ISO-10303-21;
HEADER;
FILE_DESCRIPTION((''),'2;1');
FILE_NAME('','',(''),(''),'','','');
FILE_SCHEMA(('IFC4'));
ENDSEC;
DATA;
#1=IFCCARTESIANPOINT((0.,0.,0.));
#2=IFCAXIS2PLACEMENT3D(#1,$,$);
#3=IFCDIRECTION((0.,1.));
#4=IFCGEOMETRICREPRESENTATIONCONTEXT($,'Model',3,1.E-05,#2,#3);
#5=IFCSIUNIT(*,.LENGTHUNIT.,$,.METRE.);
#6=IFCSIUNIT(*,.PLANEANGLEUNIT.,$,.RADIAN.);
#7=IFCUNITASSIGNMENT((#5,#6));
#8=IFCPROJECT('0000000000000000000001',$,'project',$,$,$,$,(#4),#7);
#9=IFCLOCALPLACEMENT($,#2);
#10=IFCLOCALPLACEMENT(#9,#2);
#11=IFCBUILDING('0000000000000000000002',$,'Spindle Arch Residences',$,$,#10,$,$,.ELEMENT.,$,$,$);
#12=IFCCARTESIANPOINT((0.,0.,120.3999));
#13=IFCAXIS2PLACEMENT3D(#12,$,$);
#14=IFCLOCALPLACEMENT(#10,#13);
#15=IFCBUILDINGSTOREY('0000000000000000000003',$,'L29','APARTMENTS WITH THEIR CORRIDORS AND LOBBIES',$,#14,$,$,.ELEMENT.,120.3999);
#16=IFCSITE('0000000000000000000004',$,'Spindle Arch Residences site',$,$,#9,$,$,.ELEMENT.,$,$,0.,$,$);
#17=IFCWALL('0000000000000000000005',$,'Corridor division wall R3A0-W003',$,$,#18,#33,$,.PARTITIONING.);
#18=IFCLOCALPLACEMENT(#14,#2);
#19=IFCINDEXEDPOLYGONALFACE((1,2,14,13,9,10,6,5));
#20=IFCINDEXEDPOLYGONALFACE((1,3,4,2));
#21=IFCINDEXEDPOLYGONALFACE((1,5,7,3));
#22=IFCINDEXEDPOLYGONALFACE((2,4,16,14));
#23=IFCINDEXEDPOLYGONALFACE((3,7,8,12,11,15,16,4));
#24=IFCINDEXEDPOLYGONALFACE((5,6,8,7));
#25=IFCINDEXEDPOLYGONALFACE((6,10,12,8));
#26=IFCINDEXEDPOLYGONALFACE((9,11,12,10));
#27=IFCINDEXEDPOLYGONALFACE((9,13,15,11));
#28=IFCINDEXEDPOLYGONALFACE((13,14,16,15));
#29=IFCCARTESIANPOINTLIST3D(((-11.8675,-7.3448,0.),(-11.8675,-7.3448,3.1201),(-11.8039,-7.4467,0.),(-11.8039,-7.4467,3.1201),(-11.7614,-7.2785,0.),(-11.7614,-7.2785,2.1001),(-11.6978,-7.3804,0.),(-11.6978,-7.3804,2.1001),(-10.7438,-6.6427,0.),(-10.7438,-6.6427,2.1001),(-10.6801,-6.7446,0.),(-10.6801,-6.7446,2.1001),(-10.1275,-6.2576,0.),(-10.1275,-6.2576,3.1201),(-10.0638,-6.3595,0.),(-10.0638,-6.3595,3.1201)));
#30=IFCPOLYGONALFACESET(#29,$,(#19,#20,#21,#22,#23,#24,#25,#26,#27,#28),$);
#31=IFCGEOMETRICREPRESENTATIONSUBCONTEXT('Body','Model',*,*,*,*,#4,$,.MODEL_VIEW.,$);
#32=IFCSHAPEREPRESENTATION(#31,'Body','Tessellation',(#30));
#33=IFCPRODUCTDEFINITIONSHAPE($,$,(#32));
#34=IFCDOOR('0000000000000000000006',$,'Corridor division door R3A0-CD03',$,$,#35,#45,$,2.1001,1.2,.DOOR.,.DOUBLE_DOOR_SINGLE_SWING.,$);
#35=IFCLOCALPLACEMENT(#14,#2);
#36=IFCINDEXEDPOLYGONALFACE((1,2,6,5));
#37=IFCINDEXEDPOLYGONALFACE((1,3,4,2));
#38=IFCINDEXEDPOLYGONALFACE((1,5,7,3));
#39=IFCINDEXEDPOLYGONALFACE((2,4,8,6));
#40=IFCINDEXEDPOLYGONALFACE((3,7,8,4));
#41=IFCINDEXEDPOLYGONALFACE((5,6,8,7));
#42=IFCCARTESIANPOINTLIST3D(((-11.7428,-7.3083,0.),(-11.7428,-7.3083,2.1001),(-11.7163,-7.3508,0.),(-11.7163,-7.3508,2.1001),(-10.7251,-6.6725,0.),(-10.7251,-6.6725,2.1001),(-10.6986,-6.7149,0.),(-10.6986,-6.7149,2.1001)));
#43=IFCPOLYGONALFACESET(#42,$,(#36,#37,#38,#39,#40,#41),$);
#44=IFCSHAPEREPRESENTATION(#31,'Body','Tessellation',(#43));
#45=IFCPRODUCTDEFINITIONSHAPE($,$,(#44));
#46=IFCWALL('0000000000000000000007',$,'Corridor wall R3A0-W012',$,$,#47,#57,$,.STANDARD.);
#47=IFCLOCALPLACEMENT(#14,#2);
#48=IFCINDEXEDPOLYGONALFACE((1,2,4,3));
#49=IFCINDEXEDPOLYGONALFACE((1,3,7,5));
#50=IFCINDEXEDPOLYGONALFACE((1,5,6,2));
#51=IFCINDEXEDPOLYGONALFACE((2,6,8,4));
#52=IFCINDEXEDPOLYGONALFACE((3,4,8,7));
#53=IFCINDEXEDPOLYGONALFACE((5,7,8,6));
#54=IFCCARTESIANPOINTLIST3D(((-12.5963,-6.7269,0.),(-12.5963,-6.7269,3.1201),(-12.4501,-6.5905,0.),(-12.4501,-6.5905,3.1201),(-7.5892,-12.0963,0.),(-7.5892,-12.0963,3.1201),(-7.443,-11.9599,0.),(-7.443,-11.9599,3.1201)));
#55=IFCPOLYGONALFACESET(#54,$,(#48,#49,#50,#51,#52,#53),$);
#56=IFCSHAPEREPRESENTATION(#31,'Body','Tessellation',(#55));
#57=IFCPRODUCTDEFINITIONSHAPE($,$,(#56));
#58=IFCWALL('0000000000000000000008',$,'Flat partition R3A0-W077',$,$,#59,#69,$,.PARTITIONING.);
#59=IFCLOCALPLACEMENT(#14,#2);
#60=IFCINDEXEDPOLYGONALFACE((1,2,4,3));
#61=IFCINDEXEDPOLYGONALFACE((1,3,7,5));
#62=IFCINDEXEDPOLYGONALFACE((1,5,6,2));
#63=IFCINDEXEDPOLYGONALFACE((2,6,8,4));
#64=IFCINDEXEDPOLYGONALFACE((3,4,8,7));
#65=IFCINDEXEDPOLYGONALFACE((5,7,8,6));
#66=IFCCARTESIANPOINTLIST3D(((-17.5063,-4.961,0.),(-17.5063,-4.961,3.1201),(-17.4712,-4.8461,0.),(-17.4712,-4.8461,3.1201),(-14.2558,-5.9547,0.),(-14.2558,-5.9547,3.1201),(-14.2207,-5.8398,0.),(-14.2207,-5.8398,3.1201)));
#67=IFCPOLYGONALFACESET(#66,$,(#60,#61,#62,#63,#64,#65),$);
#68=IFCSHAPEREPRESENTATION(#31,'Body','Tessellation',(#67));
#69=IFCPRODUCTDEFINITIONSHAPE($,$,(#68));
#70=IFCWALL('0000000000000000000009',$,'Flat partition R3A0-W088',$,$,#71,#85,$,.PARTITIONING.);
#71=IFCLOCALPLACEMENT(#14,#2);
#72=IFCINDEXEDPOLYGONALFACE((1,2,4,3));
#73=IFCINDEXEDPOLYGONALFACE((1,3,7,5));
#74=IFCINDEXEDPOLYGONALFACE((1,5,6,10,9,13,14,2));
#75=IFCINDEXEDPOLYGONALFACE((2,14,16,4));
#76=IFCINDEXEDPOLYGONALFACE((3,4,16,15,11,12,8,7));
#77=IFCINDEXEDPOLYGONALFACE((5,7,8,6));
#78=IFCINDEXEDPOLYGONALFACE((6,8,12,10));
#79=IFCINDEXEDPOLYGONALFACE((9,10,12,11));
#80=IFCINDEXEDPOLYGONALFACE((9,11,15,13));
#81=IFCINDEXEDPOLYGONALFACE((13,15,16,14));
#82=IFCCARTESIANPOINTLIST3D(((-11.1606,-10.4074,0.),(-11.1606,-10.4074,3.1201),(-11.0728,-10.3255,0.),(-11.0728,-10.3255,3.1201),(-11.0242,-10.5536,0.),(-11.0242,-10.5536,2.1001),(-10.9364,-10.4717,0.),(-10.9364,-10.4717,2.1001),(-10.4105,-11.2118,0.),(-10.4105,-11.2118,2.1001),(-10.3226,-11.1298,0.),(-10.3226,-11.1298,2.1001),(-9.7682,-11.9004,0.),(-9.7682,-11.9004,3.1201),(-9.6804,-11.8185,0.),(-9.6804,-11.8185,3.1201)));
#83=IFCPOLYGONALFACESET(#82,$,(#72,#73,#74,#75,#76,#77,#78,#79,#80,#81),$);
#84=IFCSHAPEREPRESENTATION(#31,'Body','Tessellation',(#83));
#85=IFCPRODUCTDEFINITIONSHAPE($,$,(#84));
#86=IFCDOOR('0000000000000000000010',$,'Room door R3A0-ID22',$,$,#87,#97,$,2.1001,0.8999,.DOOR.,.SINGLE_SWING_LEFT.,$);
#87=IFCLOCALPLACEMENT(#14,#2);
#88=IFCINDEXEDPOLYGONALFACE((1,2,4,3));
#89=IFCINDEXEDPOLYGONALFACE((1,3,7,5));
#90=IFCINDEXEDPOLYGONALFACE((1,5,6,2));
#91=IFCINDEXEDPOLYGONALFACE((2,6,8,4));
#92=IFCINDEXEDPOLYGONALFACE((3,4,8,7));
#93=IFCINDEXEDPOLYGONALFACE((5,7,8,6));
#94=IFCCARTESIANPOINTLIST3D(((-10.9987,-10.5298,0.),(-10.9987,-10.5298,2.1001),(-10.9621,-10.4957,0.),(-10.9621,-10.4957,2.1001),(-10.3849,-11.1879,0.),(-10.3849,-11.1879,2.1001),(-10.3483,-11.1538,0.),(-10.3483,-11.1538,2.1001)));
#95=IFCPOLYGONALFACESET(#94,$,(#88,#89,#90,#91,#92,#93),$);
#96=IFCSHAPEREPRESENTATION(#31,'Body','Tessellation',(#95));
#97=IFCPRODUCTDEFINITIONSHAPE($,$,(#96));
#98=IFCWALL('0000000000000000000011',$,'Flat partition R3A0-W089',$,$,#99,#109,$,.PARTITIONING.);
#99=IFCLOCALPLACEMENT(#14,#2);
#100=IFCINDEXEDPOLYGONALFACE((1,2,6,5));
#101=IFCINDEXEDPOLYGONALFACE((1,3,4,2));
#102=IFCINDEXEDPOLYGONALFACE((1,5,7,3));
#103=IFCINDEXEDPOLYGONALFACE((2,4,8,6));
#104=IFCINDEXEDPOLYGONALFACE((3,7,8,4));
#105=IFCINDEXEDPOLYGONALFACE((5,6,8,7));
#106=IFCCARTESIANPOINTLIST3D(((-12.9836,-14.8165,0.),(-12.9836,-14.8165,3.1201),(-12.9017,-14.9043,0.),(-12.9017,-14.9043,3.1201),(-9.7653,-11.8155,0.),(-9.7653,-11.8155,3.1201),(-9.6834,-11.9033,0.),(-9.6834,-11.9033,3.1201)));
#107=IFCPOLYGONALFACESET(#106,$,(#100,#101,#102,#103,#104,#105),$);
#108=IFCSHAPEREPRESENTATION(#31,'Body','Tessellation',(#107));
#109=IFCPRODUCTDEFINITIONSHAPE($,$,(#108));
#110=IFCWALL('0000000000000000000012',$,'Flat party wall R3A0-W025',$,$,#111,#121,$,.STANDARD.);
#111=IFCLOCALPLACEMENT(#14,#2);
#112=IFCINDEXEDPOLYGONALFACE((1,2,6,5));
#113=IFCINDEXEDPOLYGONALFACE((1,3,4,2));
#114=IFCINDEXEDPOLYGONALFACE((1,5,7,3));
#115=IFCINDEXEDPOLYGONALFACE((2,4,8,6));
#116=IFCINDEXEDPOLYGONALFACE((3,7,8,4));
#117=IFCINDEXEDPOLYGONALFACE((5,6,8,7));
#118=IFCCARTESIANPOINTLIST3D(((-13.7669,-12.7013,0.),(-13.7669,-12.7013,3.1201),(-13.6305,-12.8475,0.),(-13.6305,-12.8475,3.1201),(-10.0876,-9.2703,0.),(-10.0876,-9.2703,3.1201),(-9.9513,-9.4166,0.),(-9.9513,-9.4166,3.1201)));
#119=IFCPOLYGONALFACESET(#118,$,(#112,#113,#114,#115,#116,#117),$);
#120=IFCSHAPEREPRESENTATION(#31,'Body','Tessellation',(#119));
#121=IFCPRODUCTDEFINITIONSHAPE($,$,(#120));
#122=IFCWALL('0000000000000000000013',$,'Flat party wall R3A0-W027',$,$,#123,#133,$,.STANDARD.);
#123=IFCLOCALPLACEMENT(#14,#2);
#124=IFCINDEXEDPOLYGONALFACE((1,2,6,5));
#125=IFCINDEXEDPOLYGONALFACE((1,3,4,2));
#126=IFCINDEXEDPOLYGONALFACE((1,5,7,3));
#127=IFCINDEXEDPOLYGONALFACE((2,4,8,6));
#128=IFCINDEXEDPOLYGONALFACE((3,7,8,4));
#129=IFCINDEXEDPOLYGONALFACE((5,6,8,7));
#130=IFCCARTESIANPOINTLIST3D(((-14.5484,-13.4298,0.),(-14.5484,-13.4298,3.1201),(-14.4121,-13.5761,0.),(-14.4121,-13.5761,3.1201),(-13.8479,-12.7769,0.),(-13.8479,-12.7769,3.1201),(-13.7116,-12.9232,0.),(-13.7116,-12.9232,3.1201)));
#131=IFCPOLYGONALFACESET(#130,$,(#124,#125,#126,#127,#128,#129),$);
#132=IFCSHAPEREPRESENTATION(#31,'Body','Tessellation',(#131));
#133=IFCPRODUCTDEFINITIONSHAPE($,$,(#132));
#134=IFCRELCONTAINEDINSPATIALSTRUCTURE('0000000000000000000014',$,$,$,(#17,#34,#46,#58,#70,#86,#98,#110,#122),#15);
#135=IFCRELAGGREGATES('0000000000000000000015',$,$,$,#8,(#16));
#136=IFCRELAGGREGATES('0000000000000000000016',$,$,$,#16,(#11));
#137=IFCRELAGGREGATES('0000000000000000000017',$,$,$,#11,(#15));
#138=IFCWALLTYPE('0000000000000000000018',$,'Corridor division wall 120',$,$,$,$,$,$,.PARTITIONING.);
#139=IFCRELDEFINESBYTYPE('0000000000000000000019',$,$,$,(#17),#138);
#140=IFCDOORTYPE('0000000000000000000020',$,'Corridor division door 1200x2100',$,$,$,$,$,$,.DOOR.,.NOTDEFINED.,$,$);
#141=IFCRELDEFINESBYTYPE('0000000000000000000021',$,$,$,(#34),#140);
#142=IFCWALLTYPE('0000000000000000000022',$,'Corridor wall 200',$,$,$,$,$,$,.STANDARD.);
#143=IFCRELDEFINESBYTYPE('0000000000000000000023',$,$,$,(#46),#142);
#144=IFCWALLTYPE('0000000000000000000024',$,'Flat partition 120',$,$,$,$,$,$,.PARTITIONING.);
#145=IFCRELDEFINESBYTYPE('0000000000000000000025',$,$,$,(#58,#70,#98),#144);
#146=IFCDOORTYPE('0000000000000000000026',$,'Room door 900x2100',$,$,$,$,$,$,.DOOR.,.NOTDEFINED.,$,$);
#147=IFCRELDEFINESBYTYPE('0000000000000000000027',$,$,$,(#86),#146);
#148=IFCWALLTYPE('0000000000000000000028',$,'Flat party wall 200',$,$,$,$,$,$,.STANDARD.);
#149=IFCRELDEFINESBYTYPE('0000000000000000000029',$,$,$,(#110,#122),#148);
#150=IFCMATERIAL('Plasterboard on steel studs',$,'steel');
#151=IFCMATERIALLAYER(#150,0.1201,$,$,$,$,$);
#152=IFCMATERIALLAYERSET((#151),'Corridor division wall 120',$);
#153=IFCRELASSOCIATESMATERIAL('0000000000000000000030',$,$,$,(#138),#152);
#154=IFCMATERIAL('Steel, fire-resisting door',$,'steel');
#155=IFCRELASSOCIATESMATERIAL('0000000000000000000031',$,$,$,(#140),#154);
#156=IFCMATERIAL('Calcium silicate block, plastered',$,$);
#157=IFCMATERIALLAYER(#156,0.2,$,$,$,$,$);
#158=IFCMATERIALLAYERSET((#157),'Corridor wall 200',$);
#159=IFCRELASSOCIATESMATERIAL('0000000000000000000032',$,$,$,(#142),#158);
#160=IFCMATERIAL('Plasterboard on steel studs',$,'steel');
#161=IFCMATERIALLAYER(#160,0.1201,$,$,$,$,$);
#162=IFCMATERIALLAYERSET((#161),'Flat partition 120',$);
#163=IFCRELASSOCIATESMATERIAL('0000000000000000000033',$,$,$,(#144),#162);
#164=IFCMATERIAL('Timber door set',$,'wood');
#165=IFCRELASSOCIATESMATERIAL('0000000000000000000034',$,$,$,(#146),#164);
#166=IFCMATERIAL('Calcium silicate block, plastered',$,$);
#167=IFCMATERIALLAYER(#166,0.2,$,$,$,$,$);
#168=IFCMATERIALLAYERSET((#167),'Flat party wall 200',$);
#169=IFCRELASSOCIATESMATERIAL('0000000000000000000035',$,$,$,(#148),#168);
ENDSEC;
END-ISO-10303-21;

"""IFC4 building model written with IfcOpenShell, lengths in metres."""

from ifc_helpers import new_model, si_unit, direction, frame, frame_2d, origin, place, context, subcontext, project, spatial, rectangle, extrude, material, layer, layer_set, type_object, element, fill, save


model = new_model("IFC4")

# Units and contexts
model_context = context("Model", 3, precision=1e-05, world=origin(), true_north=direction((0.0, 1.0)))
body_context = subcontext(model_context, "Body", "Model", "MODEL_VIEW")
ifc_project = project(units=[si_unit("LENGTHUNIT", "METRE"), si_unit("PLANEANGLEUNIT", "RADIAN")], contexts=[model_context])

# Site, building, storey
site_placement = place(None, origin())
site = spatial("IfcSite", under=ifc_project, at=site_placement, Name="Spindle Arch Residences site", CompositionType="ELEMENT", RefElevation=0.0)
building_placement = place(site_placement, origin())
building = spatial("IfcBuilding", under=site, at=building_placement, Name="Spindle Arch Residences", CompositionType="ELEMENT")
storey_placement = place(building_placement, frame((0.0, 0.0, 120.3999)))
storey = spatial("IfcBuildingStorey", under=building, at=storey_placement, Name="L29", Description="APARTMENTS WITH THEIR CORRIDORS AND LOBBIES", CompositionType="ELEMENT", Elevation=120.3999)

# Wall, opening, door
ifc_material_1 = material(Name="Plasterboard on steel studs", Category="steel")
ifc_layer_1 = layer(ifc_material_1, 0.1201)
ifc_layer_set_1 = layer_set([ifc_layer_1], Name="Corridor division wall 120")
wall_type_1 = type_object("IfcWallType", Name="Corridor division wall 120", PredefinedType="PARTITIONING", material=ifc_layer_set_1)
wall_1_placement = place(storey_placement, frame((-11.8357, -7.3958, 0.0), z_axis=(0.0, 0.0, 1.0), x_axis=(0.848072, 0.529881, 0.0)))
wall_1 = element("IfcWall", 1, at=wall_1_placement, inside=storey, type_object=wall_type_1, Name="Corridor division wall R3A0-W003", PredefinedType="PARTITIONING", context=body_context, shape_type="SweptSolid", body=[
    extrude(rectangle(XDim=2.0518, YDim=0.1201, at=frame_2d((1.0259, 0.0))), origin(), (0.0, 0.0, 1.0), 3.1201),
])
opening_1_placement = place(wall_1_placement, frame((0.125, 0.0, 0.0)))
opening_1 = element("IfcOpeningElement", 2, at=opening_1_placement, cuts=wall_1, PredefinedType="OPENING", context=body_context, shape_type="SweptSolid", body=[
    extrude(rectangle(XDim=1.2, YDim=2.1001, at=frame_2d((0.6001, 1.05))), frame((0.0, 0.0701, 0.0), z_axis=(0.0, -1.0, 0.0), x_axis=(1.0, 0.0, 0.0)), (0.0, 0.0, 1.0), 0.1401),
])
ifc_material_2 = material(Name="Steel, fire-resisting door", Category="steel")
door_type_1 = type_object("IfcDoorType", Name="Corridor division door 1200x2100", OperationType="NOTDEFINED", PredefinedType="DOOR", material=ifc_material_2)
door_1_placement = place(opening_1_placement, origin())
door_1 = element("IfcDoor", 3, at=door_1_placement, inside=storey, type_object=door_type_1, Name="Corridor division door R3A0-CD03", OperationType="DOUBLE_DOOR_SINGLE_SWING", OverallHeight=2.1001, OverallWidth=1.2, PredefinedType="DOOR", context=body_context, shape_type="SweptSolid", body=[
    extrude(rectangle(XDim=1.2, YDim=2.1001, at=frame_2d((0.6001, 1.05))), frame((0.0, 0.0249, 0.0), z_axis=(0.0, -1.0, 0.0), x_axis=(1.0, 0.0, 0.0)), (0.0, 0.0, 1.0), 0.05),
])
fill(opening_1, door_1)

# Walls
ifc_material_3 = material(Name="Calcium silicate block, plastered")
ifc_layer_2 = layer(ifc_material_3, 0.2)
ifc_layer_set_2 = layer_set([ifc_layer_2], Name="Corridor wall 200")
wall_type_2 = type_object("IfcWallType", Name="Corridor wall 200", PredefinedType="STANDARD", material=ifc_layer_set_2)
wall_2_placement = place(storey_placement, frame((-12.5232, -6.6587, 0.0), z_axis=(0.0, 0.0, 1.0), x_axis=(0.682002, -0.73135, 0.0)))
element("IfcWall", 4, at=wall_2_placement, inside=storey, type_object=wall_type_2, Name="Corridor wall R3A0-W012", PredefinedType="STANDARD", context=body_context, shape_type="SweptSolid", body=[
    extrude(rectangle(XDim=7.3418, YDim=0.2, at=frame_2d((3.6709, 0.0))), origin(), (0.0, 0.0, 1.0), 3.1201),
])
ifc_material_4 = material(Name="Plasterboard on steel studs", Category="steel")
ifc_layer_3 = layer(ifc_material_4, 0.1201)
ifc_layer_set_3 = layer_set([ifc_layer_3], Name="Flat partition 120")
wall_type_3 = type_object("IfcWallType", Name="Flat partition 120", PredefinedType="PARTITIONING", material=ifc_layer_set_3)
wall_3_placement = place(storey_placement, frame((-14.2383, -5.8972, 0.0), z_axis=(0.0, 0.0, 1.0), x_axis=(-0.956315, 0.292339, 0.0)))
element("IfcWall", 5, at=wall_3_placement, inside=storey, type_object=wall_type_3, Name="Flat partition R3A0-W077", PredefinedType="PARTITIONING", context=body_context, shape_type="SweptSolid", body=[
    extrude(rectangle(XDim=3.3989, YDim=0.1201, at=frame_2d((1.6995, 0.0))), origin(), (0.0, 0.0, 1.0), 3.1201),
])

# Wall, opening, door
wall_4_placement = place(storey_placement, frame((-11.1167, -10.3665, 0.0), z_axis=(0.0, 0.0, 1.0), x_axis=(0.682041, -0.731314, 0.0)))
wall_4 = element("IfcWall", 6, at=wall_4_placement, inside=storey, type_object=wall_type_3, Name="Flat partition R3A0-W088", PredefinedType="PARTITIONING", context=body_context, shape_type="SweptSolid", body=[
    extrude(rectangle(XDim=2.0415, YDim=0.1201, at=frame_2d((1.0208, 0.0))), origin(), (0.0, 0.0, 1.0), 3.1201),
])
opening_2_placement = place(wall_4_placement, frame((0.2, 0.0, 0.0)))
opening_2 = element("IfcOpeningElement", 7, at=opening_2_placement, cuts=wall_4, PredefinedType="OPENING", context=body_context, shape_type="SweptSolid", body=[
    extrude(rectangle(XDim=0.8999, YDim=2.1001, at=frame_2d((0.45, 1.05))), frame((0.0, 0.0701, 0.0), z_axis=(0.0, -1.0, 0.0), x_axis=(1.0, 0.0, 0.0)), (0.0, 0.0, 1.0), 0.1401),
])
ifc_material_5 = material(Name="Timber door set", Category="wood")
door_type_2 = type_object("IfcDoorType", Name="Room door 900x2100", OperationType="NOTDEFINED", PredefinedType="DOOR", material=ifc_material_5)
door_2_placement = place(opening_2_placement, origin())
door_2 = element("IfcDoor", 8, at=door_2_placement, inside=storey, type_object=door_type_2, Name="Room door R3A0-ID22", OperationType="SINGLE_SWING_LEFT", OverallHeight=2.1001, OverallWidth=0.8999, PredefinedType="DOOR", context=body_context, shape_type="SweptSolid", body=[
    extrude(rectangle(XDim=0.8999, YDim=2.1001, at=frame_2d((0.45, 1.05))), frame((0.0, 0.0249, 0.0), z_axis=(0.0, -1.0, 0.0), x_axis=(1.0, 0.0, 0.0)), (0.0, 0.0, 1.0), 0.05),
])
fill(opening_2, door_2)

# Walls
wall_5_placement = place(storey_placement, frame((-9.7244, -11.8594, 0.0), z_axis=(0.0, 0.0, 1.0), x_axis=(-0.731365, -0.681986, 0.0)))
element("IfcWall", 9, at=wall_5_placement, inside=storey, type_object=wall_type_3, Name="Flat partition R3A0-W089", PredefinedType="PARTITIONING", context=body_context, shape_type="SweptSolid", body=[
    extrude(rectangle(XDim=4.4004, YDim=0.1201, at=frame_2d((2.2002, 0.0))), origin(), (0.0, 0.0, 1.0), 3.1201),
])
ifc_material_6 = material(Name="Calcium silicate block, plastered")
ifc_layer_4 = layer(ifc_material_6, 0.2)
ifc_layer_set_4 = layer_set([ifc_layer_4], Name="Flat party wall 200")
wall_type_4 = type_object("IfcWallType", Name="Flat party wall 200", PredefinedType="STANDARD", material=ifc_layer_set_4)
wall_6_placement = place(storey_placement, frame((-13.6987, -12.7744, 0.0), z_axis=(0.0, 0.0, 1.0), x_axis=(0.731354, 0.681998, 0.0)))
element("IfcWall", 10, at=wall_6_placement, inside=storey, type_object=wall_type_4, Name="Flat party wall R3A0-W025", PredefinedType="STANDARD", context=body_context, shape_type="SweptSolid", body=[
    extrude(rectangle(XDim=5.0308, YDim=0.2, at=frame_2d((2.5154, 0.0))), origin(), (0.0, 0.0, 1.0), 3.1201),
])
wall_7_placement = place(storey_placement, frame((-14.4802, -13.5029, 0.0), z_axis=(0.0, 0.0, 1.0), x_axis=(0.73153, 0.681809, 0.0)))
element("IfcWall", 11, at=wall_7_placement, inside=storey, type_object=wall_type_4, Name="Flat party wall R3A0-W027", PredefinedType="STANDARD", context=body_context, shape_type="SweptSolid", body=[
    extrude(rectangle(XDim=0.9575, YDim=0.2, at=frame_2d((0.4788, 0.0))), origin(), (0.0, 0.0, 1.0), 3.1201),
])

save(model, "model.ifc")
